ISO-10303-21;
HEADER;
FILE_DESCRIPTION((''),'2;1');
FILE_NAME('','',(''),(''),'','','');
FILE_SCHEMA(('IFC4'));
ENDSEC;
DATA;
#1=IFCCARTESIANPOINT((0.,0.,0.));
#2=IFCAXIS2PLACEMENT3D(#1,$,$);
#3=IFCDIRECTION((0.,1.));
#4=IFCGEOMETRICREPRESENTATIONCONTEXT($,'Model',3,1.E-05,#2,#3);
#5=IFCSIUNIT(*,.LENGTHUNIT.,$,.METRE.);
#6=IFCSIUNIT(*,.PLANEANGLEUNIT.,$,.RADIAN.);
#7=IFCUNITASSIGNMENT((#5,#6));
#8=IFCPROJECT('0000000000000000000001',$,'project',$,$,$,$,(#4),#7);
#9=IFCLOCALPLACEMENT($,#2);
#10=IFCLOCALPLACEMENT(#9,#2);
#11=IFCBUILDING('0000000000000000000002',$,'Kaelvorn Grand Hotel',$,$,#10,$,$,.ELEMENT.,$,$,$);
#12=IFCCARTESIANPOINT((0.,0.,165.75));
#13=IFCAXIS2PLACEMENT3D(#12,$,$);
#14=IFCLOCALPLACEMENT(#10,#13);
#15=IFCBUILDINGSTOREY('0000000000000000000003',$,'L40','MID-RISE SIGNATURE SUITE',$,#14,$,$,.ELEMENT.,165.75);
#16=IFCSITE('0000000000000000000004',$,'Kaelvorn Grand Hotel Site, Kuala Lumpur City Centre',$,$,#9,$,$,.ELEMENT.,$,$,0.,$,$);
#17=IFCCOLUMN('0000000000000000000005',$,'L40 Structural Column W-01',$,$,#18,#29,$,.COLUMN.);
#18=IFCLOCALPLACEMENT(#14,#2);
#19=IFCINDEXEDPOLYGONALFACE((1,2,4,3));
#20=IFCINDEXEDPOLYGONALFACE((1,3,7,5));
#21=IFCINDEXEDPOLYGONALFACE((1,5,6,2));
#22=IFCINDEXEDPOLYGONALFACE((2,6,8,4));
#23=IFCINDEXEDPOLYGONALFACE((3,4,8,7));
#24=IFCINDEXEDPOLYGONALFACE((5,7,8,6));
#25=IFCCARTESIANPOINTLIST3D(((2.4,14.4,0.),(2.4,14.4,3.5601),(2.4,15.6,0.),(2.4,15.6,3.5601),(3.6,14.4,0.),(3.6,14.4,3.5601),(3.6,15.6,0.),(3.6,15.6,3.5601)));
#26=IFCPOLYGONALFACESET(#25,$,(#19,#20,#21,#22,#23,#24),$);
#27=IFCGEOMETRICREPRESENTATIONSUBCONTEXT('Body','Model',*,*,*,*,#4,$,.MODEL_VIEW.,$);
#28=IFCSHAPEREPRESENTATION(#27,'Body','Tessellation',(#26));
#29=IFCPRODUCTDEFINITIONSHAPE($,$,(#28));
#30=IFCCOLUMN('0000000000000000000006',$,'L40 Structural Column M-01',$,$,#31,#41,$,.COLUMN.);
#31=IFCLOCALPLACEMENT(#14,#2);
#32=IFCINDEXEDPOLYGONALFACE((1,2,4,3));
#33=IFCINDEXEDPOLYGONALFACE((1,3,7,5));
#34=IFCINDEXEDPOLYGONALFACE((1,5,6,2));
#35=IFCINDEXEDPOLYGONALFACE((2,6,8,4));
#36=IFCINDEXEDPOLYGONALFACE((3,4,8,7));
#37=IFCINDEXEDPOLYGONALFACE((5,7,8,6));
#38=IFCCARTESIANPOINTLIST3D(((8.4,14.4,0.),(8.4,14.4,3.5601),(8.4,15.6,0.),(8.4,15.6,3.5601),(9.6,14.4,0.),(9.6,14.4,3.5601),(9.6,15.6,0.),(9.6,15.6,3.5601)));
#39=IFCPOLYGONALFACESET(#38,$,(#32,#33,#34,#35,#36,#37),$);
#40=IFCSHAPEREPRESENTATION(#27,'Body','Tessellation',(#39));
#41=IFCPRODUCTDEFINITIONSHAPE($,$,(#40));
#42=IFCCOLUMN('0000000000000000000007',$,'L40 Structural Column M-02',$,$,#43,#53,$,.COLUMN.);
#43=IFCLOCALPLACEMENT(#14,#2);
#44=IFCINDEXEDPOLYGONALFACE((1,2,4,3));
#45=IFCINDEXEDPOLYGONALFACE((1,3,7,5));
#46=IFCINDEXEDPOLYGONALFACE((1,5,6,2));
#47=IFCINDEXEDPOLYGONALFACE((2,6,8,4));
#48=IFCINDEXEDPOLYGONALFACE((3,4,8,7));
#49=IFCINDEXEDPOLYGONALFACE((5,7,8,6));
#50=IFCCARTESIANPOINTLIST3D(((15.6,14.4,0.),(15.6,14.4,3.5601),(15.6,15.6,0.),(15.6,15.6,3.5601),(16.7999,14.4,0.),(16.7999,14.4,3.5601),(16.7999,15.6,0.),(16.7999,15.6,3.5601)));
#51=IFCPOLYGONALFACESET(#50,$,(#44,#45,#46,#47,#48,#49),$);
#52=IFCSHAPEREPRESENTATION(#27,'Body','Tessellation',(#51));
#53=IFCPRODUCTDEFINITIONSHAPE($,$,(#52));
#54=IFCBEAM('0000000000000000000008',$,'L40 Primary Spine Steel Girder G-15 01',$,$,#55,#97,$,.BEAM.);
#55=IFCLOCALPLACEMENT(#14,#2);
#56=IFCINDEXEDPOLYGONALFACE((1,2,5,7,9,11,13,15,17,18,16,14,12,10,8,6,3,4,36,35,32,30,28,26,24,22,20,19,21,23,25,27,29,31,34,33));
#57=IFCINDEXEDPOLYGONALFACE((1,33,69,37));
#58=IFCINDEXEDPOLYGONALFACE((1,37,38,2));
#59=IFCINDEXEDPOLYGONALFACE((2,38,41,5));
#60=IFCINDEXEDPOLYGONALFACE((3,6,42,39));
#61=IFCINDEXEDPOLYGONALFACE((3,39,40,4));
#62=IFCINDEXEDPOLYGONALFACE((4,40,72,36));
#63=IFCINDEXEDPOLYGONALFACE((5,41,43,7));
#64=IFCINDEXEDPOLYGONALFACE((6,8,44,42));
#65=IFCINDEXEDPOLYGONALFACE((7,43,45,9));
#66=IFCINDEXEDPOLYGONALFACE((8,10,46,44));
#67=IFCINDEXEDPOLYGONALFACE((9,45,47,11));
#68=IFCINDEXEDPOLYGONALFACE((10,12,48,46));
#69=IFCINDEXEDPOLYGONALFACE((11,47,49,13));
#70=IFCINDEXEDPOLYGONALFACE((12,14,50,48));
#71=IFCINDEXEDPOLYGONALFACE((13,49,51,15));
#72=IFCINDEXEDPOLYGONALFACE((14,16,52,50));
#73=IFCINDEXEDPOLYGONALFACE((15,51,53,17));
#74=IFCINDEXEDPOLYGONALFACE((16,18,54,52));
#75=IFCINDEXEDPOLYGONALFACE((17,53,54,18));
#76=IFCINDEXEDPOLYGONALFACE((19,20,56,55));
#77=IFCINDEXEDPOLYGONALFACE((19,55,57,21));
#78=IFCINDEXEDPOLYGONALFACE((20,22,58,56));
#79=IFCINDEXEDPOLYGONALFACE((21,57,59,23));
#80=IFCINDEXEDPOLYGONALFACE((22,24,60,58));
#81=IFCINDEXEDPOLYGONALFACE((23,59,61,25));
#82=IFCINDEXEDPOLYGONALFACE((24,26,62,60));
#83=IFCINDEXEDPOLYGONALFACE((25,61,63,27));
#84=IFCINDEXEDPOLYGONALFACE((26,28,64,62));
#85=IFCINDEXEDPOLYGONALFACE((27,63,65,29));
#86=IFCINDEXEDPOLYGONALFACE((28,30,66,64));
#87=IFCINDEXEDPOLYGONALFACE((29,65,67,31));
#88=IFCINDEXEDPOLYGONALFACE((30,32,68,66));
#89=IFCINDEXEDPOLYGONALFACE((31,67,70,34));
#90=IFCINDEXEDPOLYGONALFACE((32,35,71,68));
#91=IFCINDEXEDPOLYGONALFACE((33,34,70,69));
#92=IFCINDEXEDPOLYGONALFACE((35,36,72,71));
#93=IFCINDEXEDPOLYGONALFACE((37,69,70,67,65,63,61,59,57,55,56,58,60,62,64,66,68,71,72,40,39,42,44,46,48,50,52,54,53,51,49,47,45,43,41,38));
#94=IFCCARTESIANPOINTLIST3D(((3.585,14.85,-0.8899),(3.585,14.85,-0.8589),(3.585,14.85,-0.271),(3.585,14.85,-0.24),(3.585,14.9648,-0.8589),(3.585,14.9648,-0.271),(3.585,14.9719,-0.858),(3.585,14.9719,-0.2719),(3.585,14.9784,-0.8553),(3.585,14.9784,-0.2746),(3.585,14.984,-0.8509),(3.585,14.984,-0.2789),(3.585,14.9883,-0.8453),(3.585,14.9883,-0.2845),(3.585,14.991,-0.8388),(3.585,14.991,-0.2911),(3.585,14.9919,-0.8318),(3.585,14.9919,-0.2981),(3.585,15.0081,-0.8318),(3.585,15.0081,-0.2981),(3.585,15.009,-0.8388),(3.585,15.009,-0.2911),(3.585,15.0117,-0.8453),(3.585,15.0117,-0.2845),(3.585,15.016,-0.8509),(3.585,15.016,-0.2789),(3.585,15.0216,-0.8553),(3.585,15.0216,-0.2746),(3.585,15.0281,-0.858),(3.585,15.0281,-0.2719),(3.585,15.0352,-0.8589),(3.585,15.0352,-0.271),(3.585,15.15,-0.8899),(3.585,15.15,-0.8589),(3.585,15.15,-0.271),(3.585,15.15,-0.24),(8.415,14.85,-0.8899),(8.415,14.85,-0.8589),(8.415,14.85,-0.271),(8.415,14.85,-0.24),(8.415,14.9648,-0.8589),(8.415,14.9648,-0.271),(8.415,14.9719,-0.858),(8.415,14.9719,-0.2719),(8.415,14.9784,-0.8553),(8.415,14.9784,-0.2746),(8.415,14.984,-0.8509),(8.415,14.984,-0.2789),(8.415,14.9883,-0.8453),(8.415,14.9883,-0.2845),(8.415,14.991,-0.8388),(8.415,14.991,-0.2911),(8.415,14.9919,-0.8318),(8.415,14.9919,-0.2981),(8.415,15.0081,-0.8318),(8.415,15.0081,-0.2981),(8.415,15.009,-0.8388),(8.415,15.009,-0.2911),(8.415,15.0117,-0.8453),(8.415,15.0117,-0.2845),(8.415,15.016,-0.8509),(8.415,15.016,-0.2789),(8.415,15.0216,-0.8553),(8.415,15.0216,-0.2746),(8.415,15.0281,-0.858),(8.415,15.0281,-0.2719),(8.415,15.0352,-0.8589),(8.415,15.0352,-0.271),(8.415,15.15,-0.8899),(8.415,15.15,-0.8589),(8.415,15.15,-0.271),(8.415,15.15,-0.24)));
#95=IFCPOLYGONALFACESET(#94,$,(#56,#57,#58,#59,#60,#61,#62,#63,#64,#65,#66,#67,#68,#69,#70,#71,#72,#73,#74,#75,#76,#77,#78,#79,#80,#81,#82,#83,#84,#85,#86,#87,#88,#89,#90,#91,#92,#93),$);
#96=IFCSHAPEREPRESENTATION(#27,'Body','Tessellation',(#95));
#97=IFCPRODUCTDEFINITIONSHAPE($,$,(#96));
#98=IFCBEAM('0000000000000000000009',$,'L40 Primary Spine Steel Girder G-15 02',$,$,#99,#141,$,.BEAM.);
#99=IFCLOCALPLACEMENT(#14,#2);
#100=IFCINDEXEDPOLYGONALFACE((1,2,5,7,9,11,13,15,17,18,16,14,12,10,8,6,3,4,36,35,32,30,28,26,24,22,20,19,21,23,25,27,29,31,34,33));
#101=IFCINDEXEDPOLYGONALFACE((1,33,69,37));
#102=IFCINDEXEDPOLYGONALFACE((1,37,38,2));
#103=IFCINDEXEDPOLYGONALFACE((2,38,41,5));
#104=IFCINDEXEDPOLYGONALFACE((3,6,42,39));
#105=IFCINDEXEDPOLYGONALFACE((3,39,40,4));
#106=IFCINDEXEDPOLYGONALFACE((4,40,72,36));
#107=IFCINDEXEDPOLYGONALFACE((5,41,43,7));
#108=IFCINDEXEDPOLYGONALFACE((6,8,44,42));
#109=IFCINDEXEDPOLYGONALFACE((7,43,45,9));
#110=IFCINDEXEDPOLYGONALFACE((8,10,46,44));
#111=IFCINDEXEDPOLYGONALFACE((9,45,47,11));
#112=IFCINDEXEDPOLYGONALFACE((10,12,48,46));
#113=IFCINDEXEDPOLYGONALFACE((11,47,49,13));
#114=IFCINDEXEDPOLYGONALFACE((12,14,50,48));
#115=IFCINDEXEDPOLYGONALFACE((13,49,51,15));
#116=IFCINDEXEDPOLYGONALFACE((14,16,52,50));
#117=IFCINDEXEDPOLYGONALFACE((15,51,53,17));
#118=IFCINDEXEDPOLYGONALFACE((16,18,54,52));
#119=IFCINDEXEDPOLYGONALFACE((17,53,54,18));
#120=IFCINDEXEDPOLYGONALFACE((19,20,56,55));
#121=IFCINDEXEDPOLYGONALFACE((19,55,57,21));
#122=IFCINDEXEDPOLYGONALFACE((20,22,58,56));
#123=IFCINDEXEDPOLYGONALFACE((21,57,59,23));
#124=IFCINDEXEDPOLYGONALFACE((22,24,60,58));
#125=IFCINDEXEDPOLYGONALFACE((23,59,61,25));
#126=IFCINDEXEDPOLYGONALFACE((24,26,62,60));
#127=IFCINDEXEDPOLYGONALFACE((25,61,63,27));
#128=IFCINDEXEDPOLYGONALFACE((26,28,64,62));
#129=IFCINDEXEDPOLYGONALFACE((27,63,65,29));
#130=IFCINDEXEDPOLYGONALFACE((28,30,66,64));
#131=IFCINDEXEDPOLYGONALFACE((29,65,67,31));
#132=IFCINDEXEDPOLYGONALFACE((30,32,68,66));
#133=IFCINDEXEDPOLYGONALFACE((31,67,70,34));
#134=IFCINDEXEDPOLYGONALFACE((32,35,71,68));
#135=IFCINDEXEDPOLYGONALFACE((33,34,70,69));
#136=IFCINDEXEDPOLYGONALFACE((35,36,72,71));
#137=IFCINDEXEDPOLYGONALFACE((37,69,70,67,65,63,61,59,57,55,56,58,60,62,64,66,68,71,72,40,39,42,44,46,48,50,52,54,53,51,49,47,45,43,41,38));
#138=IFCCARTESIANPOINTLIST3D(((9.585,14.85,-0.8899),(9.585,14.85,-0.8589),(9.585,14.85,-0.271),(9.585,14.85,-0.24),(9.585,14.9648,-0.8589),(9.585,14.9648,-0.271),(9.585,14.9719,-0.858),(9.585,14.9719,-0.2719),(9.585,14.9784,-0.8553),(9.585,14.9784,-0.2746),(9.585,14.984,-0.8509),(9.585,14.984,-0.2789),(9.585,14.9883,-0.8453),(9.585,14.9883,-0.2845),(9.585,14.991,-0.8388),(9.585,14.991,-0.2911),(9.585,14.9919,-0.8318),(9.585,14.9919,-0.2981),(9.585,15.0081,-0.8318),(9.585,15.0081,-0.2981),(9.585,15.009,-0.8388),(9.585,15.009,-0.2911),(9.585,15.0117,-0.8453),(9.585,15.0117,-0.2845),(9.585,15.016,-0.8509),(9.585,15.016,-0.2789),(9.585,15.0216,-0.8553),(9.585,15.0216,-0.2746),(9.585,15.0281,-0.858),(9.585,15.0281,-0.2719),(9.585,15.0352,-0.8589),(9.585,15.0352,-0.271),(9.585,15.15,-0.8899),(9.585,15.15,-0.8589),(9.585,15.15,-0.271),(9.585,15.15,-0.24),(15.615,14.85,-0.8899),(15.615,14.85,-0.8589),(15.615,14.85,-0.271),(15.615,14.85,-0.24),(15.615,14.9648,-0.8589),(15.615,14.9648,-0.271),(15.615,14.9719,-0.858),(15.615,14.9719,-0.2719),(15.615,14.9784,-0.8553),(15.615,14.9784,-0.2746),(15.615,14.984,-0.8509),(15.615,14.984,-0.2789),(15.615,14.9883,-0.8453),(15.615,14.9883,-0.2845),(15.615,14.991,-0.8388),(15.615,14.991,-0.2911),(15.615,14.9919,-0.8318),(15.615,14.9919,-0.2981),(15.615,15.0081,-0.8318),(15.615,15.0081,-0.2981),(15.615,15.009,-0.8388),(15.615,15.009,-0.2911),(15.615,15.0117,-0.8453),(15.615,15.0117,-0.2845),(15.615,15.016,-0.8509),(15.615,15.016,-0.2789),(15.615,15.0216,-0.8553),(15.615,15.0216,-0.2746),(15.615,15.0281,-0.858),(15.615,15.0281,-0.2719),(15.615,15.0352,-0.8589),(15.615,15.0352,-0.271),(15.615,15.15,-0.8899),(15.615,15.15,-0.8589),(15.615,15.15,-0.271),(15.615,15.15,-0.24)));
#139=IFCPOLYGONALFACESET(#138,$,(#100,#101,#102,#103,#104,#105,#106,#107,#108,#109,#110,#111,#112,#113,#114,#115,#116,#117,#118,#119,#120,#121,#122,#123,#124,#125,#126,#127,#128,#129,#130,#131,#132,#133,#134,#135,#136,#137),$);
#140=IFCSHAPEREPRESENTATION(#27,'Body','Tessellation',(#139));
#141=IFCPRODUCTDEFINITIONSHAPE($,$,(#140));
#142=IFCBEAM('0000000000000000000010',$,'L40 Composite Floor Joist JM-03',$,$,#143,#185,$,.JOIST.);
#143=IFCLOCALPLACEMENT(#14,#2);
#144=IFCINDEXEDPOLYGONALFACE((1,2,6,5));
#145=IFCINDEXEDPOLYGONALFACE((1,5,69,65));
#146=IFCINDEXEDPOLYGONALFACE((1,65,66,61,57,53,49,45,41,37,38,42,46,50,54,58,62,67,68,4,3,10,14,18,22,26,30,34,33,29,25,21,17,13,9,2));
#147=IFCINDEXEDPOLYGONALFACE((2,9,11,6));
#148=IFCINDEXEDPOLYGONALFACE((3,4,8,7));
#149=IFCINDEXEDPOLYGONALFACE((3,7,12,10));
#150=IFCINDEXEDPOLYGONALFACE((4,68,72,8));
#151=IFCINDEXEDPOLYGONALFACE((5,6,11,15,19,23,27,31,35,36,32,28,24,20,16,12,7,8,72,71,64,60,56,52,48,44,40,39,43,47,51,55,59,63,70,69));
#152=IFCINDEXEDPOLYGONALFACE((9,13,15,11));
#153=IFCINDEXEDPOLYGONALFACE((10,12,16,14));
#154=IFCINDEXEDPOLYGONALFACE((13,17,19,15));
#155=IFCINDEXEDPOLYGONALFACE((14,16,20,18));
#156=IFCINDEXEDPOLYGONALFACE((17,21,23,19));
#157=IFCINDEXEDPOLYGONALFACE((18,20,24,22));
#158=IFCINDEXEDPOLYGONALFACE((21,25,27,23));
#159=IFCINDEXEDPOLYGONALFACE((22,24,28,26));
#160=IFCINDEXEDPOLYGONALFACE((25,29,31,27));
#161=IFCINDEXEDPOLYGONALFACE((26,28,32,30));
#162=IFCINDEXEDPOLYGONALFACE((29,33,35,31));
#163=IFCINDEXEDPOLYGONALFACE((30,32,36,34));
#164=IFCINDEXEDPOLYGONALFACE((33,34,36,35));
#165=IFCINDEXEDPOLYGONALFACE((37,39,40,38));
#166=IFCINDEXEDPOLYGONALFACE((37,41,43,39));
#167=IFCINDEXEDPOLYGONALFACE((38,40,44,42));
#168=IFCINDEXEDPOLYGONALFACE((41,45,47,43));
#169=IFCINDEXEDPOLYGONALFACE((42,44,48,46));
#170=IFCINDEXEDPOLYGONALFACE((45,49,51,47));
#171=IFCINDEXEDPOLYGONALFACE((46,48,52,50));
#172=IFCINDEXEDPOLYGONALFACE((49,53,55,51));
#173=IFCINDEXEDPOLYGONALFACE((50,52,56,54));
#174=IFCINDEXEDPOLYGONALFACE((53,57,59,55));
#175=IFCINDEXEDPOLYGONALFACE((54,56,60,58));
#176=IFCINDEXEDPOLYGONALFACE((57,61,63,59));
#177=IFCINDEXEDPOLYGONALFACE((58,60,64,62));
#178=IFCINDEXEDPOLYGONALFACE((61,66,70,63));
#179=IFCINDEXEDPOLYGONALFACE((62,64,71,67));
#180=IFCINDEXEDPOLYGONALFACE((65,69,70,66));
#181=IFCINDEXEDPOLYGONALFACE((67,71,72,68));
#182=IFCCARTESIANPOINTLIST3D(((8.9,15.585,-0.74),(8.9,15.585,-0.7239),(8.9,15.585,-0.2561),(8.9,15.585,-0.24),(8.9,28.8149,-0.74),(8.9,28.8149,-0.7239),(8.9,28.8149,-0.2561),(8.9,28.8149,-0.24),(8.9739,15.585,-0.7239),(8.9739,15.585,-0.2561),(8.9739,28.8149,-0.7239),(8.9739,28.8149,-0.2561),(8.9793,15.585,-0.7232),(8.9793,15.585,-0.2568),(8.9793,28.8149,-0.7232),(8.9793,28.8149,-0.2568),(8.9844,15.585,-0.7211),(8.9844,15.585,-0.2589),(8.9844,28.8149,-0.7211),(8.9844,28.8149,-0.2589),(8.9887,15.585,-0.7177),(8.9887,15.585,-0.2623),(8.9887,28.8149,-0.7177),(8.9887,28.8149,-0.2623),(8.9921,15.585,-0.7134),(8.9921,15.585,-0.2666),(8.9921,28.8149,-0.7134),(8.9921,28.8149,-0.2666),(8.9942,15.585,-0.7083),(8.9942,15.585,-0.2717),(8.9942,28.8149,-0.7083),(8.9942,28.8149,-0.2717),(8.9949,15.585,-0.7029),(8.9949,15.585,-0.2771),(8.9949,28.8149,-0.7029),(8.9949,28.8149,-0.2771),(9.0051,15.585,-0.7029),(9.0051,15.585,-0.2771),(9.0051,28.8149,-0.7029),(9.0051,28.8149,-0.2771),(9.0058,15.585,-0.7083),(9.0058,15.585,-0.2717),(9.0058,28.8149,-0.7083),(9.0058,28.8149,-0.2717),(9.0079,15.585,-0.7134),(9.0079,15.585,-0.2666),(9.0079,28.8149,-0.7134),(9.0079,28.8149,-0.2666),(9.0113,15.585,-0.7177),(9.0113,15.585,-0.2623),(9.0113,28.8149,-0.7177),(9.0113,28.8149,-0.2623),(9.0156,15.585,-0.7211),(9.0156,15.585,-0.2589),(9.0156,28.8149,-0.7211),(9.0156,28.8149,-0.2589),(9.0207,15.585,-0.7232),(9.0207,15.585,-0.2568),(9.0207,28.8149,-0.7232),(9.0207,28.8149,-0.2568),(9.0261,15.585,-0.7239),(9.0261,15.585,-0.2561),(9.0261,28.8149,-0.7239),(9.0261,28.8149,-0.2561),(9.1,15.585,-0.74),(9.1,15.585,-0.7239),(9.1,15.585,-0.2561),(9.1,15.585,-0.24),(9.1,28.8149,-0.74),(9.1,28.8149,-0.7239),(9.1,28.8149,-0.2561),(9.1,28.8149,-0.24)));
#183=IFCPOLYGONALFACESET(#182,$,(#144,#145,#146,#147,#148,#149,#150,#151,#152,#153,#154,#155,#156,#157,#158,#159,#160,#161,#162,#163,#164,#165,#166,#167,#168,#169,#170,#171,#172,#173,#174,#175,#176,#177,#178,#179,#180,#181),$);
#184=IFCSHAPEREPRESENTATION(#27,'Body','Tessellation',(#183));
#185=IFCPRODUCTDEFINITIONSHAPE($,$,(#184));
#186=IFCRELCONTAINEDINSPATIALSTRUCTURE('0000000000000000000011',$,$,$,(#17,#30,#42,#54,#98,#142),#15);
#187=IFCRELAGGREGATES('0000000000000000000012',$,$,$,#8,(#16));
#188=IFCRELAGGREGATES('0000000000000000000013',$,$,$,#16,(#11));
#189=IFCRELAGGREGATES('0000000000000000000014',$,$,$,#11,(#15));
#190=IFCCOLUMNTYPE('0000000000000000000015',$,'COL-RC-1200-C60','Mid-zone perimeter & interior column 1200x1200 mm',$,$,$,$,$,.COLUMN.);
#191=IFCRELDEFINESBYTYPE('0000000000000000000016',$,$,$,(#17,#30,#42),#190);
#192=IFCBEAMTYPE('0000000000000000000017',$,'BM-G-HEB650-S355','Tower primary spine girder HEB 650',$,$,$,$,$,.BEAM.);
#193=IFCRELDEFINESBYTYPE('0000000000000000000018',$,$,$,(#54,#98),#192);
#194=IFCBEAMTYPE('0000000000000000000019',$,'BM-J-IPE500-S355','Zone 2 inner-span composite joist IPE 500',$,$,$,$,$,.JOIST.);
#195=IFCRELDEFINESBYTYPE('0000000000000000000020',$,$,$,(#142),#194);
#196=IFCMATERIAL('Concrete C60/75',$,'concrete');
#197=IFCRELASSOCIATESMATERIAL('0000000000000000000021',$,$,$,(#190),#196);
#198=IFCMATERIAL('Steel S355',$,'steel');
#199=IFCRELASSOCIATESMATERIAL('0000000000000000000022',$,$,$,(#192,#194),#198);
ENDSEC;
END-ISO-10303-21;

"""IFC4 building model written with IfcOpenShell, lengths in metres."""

from ifc_helpers import new_model, si_unit, direction, frame, origin, origin_2d, place, context, subcontext, project, spatial, rectangle, i_section, extrude, material, material_profile, profile_set, type_object, element, save


model = new_model("IFC4")

# Units and contexts
model_context = context("Model", 3, precision=1e-05, world=origin(), true_north=direction((0.0, 1.0)))
body_context = subcontext(model_context, "Body", "Model", "MODEL_VIEW")
ifc_project = project(units=[si_unit("LENGTHUNIT", "METRE"), si_unit("PLANEANGLEUNIT", "RADIAN")], contexts=[model_context])

# Site, building, storey
site_placement = place(None, origin())
site = spatial("IfcSite", under=ifc_project, at=site_placement, Name="Kaelvorn Grand Hotel Site, Kuala Lumpur City Centre", CompositionType="ELEMENT", RefElevation=0.0)
building_placement = place(site_placement, origin())
building = spatial("IfcBuilding", under=site, at=building_placement, Name="Kaelvorn Grand Hotel", CompositionType="ELEMENT")
storey_placement = place(building_placement, frame((0.0, 0.0, 165.75)))
storey = spatial("IfcBuildingStorey", under=building, at=storey_placement, Name="L40", Description="MID-RISE SIGNATURE SUITE", CompositionType="ELEMENT", Elevation=165.75)

# Columns
ifc_material_1 = material(Name="Concrete C60/75", Category="concrete")
ifc_material_profile_1 = material_profile(ifc_material_1, rectangle(XDim=1.2, YDim=1.2, at=origin_2d()), Name="RC COL 1200x1200")
ifc_profile_set_1 = profile_set([ifc_material_profile_1], Name="Concrete C60/75")
column_type = type_object("IfcColumnType", Name="COL-RC-1200-C60", Description="Mid-zone perimeter & interior column 1200x1200 mm", PredefinedType="COLUMN", material=ifc_profile_set_1)
for number, where, z_axis, x_axis, name in (
    (1, (3.0, 15.0, 0.0), (0.0, 0.0, 1.0), (1.0, 0.0, 0.0), "L40 Structural Column W-01"),
    (2, (9.0, 15.0, 0.0), (0.0, 0.0, 1.0), (1.0, 0.0, 0.0), "L40 Structural Column M-01"),
    (3, (16.2, 15.0, 0.0), (0.0, 0.0, 1.0), (1.0, 0.0, 0.0), "L40 Structural Column M-02"),
):
    element("IfcColumn", number, at=place(storey_placement, frame(where, z_axis=z_axis, x_axis=x_axis)), inside=storey, type_object=column_type, Name=name, PredefinedType="COLUMN", context=body_context, shape_type="SweptSolid", body=[
        extrude(rectangle(XDim=1.2, YDim=1.2, at=origin_2d()), origin(), (0.0, 0.0, 1.0), 3.5601),
    ])

# Beams
ifc_material_2 = material(Name="Steel S355", Category="steel")
ifc_material_profile_2 = material_profile(ifc_material_2, i_section(OverallWidth=0.3, OverallDepth=0.6499, WebThickness=0.0161, FlangeThickness=0.031, FilletRadius=0.0271, at=origin_2d()), Name="HEB 650")
ifc_profile_set_2 = profile_set([ifc_material_profile_2], Name="Steel S355")
beam_type_1 = type_object("IfcBeamType", Name="BM-G-HEB650-S355", Description="Tower primary spine girder HEB 650", PredefinedType="BEAM", material=ifc_profile_set_2)
beam_1_placement = place(storey_placement, frame((3.585, 15.0, -0.5649), z_axis=(1.0, 0.0, 0.0), x_axis=(0.0, 1.0, 0.0)))
element("IfcBeam", 4, at=beam_1_placement, inside=storey, type_object=beam_type_1, Name="L40 Primary Spine Steel Girder G-15 01", PredefinedType="BEAM", context=body_context, shape_type="SweptSolid", body=[
    extrude(i_section(OverallWidth=0.3, OverallDepth=0.6499, WebThickness=0.0161, FlangeThickness=0.031, FilletRadius=0.0271, at=origin_2d()), origin(), (0.0, 0.0, 1.0), 4.8301),
])
beam_2_placement = place(storey_placement, frame((9.585, 15.0, -0.5649), z_axis=(1.0, 0.0, 0.0), x_axis=(0.0, 1.0, 0.0)))
element("IfcBeam", 5, at=beam_2_placement, inside=storey, type_object=beam_type_1, Name="L40 Primary Spine Steel Girder G-15 02", PredefinedType="BEAM", context=body_context, shape_type="SweptSolid", body=[
    extrude(i_section(OverallWidth=0.3, OverallDepth=0.6499, WebThickness=0.0161, FlangeThickness=0.031, FilletRadius=0.0271, at=origin_2d()), origin(), (0.0, 0.0, 1.0), 6.03),
])
ifc_material_profile_3 = material_profile(ifc_material_2, i_section(OverallWidth=0.2, OverallDepth=0.5, WebThickness=0.0103, FlangeThickness=0.0161, FilletRadius=0.021, at=origin_2d()), Name="IPE 500")
ifc_profile_set_3 = profile_set([ifc_material_profile_3], Name="Steel S355")
beam_type_2 = type_object("IfcBeamType", Name="BM-J-IPE500-S355", Description="Zone 2 inner-span composite joist IPE 500", PredefinedType="JOIST", material=ifc_profile_set_3)
beam_3_placement = place(storey_placement, frame((9.0, 15.585, -0.49), z_axis=(0.0, 1.0, 0.0), x_axis=(-1.0, 0.0, 0.0)))
element("IfcBeam", 6, at=beam_3_placement, inside=storey, type_object=beam_type_2, Name="L40 Composite Floor Joist JM-03", PredefinedType="JOIST", context=body_context, shape_type="SweptSolid", body=[
    extrude(i_section(OverallWidth=0.2, OverallDepth=0.5, WebThickness=0.0103, FlangeThickness=0.0161, FilletRadius=0.021, at=origin_2d()), origin(), (0.0, 0.0, 1.0), 13.23),
])

save(model, "model.ifc")
